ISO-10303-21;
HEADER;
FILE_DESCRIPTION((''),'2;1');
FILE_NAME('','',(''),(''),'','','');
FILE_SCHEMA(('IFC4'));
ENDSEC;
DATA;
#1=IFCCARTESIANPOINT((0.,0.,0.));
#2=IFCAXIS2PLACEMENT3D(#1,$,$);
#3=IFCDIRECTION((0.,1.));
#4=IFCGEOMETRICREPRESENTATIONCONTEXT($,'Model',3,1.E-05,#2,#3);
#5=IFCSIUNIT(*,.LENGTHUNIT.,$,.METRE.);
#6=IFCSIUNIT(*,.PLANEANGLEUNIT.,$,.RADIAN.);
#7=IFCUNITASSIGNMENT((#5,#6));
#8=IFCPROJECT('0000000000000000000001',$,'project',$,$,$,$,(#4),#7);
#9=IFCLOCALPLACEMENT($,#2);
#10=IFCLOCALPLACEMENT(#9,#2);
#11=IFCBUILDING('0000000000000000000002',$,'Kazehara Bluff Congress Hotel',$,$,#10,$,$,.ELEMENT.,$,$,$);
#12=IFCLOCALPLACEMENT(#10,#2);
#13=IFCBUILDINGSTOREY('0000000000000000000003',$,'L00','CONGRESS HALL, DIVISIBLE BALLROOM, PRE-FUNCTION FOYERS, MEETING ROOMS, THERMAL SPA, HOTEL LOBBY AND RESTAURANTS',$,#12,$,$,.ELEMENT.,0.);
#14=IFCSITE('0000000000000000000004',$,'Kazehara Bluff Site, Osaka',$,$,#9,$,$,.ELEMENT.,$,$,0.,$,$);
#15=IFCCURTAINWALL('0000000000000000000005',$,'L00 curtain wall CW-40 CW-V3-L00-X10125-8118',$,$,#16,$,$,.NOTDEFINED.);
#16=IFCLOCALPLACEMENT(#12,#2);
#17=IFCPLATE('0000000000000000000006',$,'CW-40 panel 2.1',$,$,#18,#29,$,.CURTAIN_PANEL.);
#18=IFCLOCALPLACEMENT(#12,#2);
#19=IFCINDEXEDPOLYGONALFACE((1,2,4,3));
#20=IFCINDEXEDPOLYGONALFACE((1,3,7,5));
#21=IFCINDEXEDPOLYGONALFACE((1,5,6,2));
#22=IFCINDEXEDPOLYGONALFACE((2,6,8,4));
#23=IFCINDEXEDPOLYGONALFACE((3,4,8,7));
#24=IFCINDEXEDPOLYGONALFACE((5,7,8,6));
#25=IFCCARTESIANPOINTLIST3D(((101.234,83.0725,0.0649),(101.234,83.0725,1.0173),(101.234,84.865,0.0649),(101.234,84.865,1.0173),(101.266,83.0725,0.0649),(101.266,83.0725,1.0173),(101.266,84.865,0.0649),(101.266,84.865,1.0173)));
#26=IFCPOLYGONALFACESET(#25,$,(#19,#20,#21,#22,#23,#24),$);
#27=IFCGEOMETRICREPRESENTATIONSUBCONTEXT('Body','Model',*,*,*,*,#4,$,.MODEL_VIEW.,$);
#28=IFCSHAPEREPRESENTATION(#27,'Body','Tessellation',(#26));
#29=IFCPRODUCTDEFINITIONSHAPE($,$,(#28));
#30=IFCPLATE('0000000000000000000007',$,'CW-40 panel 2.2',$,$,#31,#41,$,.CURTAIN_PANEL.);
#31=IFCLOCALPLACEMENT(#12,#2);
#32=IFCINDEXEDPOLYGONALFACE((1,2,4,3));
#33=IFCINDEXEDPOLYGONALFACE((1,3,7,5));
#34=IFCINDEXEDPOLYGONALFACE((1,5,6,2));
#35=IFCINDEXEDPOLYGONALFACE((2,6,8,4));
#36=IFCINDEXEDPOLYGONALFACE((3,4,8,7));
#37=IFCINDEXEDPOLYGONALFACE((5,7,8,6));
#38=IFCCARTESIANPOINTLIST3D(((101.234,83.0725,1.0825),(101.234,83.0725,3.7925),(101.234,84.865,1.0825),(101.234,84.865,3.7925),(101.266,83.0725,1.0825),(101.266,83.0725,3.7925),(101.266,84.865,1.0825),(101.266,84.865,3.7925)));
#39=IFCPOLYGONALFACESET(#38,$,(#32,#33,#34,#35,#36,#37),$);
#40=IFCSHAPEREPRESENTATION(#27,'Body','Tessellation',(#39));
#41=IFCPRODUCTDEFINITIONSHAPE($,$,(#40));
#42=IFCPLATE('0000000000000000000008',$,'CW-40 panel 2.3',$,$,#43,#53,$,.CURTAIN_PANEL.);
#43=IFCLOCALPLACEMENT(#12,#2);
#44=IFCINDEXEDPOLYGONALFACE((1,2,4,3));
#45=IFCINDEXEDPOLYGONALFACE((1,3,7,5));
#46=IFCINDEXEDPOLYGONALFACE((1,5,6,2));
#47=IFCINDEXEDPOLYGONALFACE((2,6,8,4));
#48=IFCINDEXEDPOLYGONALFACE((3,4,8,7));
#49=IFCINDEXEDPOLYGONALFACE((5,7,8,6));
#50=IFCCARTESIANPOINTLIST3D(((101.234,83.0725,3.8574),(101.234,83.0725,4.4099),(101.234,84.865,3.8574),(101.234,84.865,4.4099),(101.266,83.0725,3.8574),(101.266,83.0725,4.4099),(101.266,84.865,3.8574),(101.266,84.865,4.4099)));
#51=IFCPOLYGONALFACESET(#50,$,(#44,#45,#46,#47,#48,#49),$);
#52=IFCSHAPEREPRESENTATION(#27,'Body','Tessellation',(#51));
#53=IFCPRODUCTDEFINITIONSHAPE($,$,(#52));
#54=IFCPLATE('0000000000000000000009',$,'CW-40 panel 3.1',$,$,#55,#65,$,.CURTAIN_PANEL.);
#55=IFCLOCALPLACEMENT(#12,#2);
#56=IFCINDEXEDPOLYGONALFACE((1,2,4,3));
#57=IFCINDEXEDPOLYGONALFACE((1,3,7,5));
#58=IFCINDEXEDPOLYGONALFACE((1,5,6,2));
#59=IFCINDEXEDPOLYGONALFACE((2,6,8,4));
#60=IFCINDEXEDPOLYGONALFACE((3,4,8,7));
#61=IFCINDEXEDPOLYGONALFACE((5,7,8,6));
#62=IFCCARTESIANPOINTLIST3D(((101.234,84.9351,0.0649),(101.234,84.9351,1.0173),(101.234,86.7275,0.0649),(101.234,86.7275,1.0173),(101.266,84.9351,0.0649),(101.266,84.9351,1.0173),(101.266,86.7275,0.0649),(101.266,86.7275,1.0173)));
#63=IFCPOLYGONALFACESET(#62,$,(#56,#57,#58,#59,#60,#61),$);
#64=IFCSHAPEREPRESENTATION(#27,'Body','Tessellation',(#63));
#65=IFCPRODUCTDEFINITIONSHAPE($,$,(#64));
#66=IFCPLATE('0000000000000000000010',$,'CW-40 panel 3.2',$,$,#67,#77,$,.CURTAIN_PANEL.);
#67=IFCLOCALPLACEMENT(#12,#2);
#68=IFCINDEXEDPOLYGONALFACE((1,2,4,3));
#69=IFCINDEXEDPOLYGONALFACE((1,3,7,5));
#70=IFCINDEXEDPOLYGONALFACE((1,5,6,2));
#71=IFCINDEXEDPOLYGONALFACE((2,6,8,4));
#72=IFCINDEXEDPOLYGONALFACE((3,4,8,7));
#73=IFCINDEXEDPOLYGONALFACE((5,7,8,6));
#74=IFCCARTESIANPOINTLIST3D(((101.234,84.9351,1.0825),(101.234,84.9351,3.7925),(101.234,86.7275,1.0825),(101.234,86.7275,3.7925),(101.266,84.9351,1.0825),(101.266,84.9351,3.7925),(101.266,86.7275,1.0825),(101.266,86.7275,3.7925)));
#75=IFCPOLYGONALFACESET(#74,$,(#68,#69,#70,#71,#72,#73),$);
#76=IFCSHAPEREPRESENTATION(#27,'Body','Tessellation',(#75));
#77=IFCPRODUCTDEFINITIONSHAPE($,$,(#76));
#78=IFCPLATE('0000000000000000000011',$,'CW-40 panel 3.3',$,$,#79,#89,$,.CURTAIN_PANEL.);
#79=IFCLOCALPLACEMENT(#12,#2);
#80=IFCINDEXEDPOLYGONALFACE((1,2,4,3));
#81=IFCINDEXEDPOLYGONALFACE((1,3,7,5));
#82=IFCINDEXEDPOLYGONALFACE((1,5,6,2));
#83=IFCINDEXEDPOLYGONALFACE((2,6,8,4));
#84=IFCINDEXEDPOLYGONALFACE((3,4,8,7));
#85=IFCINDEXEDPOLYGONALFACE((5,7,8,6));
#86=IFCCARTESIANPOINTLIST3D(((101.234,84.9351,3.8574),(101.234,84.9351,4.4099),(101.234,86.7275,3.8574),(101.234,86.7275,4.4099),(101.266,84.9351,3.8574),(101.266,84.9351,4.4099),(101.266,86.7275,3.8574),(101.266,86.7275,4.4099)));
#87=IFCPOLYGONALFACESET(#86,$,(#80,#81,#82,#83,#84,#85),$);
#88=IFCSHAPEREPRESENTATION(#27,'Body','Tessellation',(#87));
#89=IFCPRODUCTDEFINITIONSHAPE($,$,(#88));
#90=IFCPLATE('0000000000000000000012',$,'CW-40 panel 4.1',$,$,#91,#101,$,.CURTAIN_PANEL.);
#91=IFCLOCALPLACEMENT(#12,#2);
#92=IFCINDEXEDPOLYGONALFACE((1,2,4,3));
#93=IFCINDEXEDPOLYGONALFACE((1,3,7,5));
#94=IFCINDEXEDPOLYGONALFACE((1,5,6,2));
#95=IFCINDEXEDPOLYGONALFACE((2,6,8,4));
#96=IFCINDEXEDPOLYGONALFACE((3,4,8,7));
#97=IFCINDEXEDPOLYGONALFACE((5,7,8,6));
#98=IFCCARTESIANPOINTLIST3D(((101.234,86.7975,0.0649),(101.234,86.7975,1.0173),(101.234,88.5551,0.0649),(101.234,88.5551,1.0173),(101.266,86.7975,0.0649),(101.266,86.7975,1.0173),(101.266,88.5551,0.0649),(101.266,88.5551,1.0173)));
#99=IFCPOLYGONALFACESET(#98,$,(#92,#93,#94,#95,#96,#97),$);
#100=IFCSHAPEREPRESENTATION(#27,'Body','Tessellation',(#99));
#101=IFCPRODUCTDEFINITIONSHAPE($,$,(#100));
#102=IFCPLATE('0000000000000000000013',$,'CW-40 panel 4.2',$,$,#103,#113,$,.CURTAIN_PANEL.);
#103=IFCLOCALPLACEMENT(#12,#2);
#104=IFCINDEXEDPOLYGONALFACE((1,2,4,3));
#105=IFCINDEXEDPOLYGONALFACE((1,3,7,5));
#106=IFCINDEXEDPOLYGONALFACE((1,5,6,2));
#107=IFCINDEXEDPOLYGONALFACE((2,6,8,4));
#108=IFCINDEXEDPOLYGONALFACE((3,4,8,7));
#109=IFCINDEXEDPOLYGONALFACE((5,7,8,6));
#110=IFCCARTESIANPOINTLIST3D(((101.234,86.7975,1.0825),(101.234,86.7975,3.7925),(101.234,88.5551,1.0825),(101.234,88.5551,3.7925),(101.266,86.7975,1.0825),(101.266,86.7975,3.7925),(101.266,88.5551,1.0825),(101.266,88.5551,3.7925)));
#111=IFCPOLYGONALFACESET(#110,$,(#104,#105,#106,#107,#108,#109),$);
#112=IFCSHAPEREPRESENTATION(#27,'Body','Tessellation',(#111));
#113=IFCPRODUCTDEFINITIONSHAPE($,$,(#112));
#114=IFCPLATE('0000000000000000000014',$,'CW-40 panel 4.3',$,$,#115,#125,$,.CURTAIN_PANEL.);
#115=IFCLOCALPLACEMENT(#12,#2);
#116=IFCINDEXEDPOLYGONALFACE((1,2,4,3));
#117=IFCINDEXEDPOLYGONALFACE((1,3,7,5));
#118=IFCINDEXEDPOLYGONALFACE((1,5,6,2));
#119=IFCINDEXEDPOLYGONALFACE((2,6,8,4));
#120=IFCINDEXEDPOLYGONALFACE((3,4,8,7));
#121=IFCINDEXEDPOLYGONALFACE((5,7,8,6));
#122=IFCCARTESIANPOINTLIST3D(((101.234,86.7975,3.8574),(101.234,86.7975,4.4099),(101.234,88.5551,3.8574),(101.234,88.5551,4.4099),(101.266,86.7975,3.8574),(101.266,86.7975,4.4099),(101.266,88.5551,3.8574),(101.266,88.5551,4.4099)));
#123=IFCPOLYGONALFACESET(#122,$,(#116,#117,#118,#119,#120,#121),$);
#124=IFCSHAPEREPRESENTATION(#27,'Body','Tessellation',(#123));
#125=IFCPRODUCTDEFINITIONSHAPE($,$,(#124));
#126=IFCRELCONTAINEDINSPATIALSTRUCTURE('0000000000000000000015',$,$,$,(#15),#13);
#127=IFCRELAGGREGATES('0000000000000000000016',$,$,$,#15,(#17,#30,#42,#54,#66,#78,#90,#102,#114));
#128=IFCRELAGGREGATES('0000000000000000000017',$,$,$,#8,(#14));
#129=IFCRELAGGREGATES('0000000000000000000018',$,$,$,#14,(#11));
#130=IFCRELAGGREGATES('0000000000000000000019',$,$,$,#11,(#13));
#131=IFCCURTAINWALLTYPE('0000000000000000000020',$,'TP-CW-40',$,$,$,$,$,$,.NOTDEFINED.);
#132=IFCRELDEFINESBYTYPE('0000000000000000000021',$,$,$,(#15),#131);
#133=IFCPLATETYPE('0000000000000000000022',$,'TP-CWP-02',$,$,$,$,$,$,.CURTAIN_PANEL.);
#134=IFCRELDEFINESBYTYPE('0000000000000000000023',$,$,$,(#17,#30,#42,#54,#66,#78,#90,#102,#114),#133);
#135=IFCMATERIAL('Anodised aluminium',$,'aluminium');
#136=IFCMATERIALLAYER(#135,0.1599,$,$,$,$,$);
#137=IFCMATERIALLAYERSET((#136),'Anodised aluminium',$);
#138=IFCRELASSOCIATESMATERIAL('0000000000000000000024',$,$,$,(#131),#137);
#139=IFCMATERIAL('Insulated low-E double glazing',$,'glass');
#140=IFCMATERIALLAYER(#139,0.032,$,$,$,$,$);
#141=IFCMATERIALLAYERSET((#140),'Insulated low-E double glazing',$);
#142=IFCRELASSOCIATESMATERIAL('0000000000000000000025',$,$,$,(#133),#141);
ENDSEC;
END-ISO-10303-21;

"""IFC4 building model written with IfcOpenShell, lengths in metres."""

from ifc_helpers import new_model, si_unit, direction, frame, origin, origin_2d, place, context, subcontext, project, spatial, rectangle, extrude, material, layer, layer_set, type_object, element, aggregate, save


model = new_model("IFC4")

# Units and contexts
model_context = context("Model", 3, precision=1e-05, world=origin(), true_north=direction((0.0, 1.0)))
body_context = subcontext(model_context, "Body", "Model", "MODEL_VIEW")
ifc_project = project(units=[si_unit("LENGTHUNIT", "METRE"), si_unit("PLANEANGLEUNIT", "RADIAN")], contexts=[model_context])

# Site, building, storey
site_placement = place(None, origin())
site = spatial("IfcSite", under=ifc_project, at=site_placement, Name="Kazehara Bluff Site, Osaka", CompositionType="ELEMENT", RefElevation=0.0)
building_placement = place(site_placement, origin())
building = spatial("IfcBuilding", under=site, at=building_placement, Name="Kazehara Bluff Congress Hotel", CompositionType="ELEMENT")
storey_placement = place(building_placement, origin())
storey = spatial("IfcBuildingStorey", under=building, at=storey_placement, Name="L00", Description="CONGRESS HALL, DIVISIBLE BALLROOM, PRE-FUNCTION FOYERS, MEETING ROOMS, THERMAL SPA, HOTEL LOBBY AND RESTAURANTS", CompositionType="ELEMENT", Elevation=0.0)

# Curtain wall
ifc_material_1 = material(Name="Anodised aluminium", Category="aluminium")
ifc_layer_1 = layer(ifc_material_1, 0.1599)
ifc_layer_set_1 = layer_set([ifc_layer_1], Name="Anodised aluminium")
curtain_wall_type = type_object("IfcCurtainWallType", Name="TP-CW-40", PredefinedType="NOTDEFINED", material=ifc_layer_set_1)
curtain_wall_1_placement = place(storey_placement, origin())
curtain_wall_1 = element("IfcCurtainWall", 1, at=curtain_wall_1_placement, inside=storey, type_object=curtain_wall_type, Name="L00 curtain wall CW-40 CW-V3-L00-X10125-8118", PredefinedType="NOTDEFINED")

# Plates
ifc_material_2 = material(Name="Insulated low-E double glazing", Category="glass")
ifc_layer_2 = layer(ifc_material_2, 0.032)
ifc_layer_set_2 = layer_set([ifc_layer_2], Name="Insulated low-E double glazing")
plate_type = type_object("IfcPlateType", Name="TP-CWP-02", PredefinedType="CURTAIN_PANEL", material=ifc_layer_set_2)
plate_1_placement = place(storey_placement, frame((101.25, 83.9688, 0.0649), z_axis=(0.0, 0.0, 1.0), x_axis=(0.0, 1.0, 0.0)))
plate_1 = element("IfcPlate", 2, at=plate_1_placement, type_object=plate_type, Name="CW-40 panel 2.1", PredefinedType="CURTAIN_PANEL", context=body_context, shape_type="SweptSolid", body=[
    extrude(rectangle(XDim=1.7925, YDim=0.032, at=origin_2d()), origin(), (0.0, 0.0, 1.0), 0.9524),
])
plate_2_placement = place(storey_placement, frame((101.25, 83.9688, 1.0825), z_axis=(0.0, 0.0, 1.0), x_axis=(0.0, 1.0, 0.0)))
plate_2 = element("IfcPlate", 3, at=plate_2_placement, type_object=plate_type, Name="CW-40 panel 2.2", PredefinedType="CURTAIN_PANEL", context=body_context, shape_type="SweptSolid", body=[
    extrude(rectangle(XDim=1.7925, YDim=0.032, at=origin_2d()), origin(), (0.0, 0.0, 1.0), 2.71),
])
plate_3_placement = place(storey_placement, frame((101.25, 83.9688, 3.8574), z_axis=(0.0, 0.0, 1.0), x_axis=(0.0, 1.0, 0.0)))
plate_3 = element("IfcPlate", 4, at=plate_3_placement, type_object=plate_type, Name="CW-40 panel 2.3", PredefinedType="CURTAIN_PANEL", context=body_context, shape_type="SweptSolid", body=[
    extrude(rectangle(XDim=1.7925, YDim=0.032, at=origin_2d()), origin(), (0.0, 0.0, 1.0), 0.5525),
])
plate_4_placement = place(storey_placement, frame((101.25, 85.8313, 0.0649), z_axis=(0.0, 0.0, 1.0), x_axis=(0.0, 1.0, 0.0)))
plate_4 = element("IfcPlate", 5, at=plate_4_placement, type_object=plate_type, Name="CW-40 panel 3.1", PredefinedType="CURTAIN_PANEL", context=body_context, shape_type="SweptSolid", body=[
    extrude(rectangle(XDim=1.7925, YDim=0.032, at=origin_2d()), origin(), (0.0, 0.0, 1.0), 0.9524),
])
plate_5_placement = place(storey_placement, frame((101.25, 85.8313, 1.0825), z_axis=(0.0, 0.0, 1.0), x_axis=(0.0, 1.0, 0.0)))
plate_5 = element("IfcPlate", 6, at=plate_5_placement, type_object=plate_type, Name="CW-40 panel 3.2", PredefinedType="CURTAIN_PANEL", context=body_context, shape_type="SweptSolid", body=[
    extrude(rectangle(XDim=1.7925, YDim=0.032, at=origin_2d()), origin(), (0.0, 0.0, 1.0), 2.71),
])
plate_6_placement = place(storey_placement, frame((101.25, 85.8313, 3.8574), z_axis=(0.0, 0.0, 1.0), x_axis=(0.0, 1.0, 0.0)))
plate_6 = element("IfcPlate", 7, at=plate_6_placement, type_object=plate_type, Name="CW-40 panel 3.3", PredefinedType="CURTAIN_PANEL", context=body_context, shape_type="SweptSolid", body=[
    extrude(rectangle(XDim=1.7925, YDim=0.032, at=origin_2d()), origin(), (0.0, 0.0, 1.0), 0.5525),
])
plate_7_placement = place(storey_placement, frame((101.25, 87.6763, 0.0649), z_axis=(0.0, 0.0, 1.0), x_axis=(0.0, 1.0, 0.0)))
plate_7 = element("IfcPlate", 8, at=plate_7_placement, type_object=plate_type, Name="CW-40 panel 4.1", PredefinedType="CURTAIN_PANEL", context=body_context, shape_type="SweptSolid", body=[
    extrude(rectangle(XDim=1.7576, YDim=0.032, at=origin_2d()), origin(), (0.0, 0.0, 1.0), 0.9524),
])
plate_8_placement = place(storey_placement, frame((101.25, 87.6763, 1.0825), z_axis=(0.0, 0.0, 1.0), x_axis=(0.0, 1.0, 0.0)))
plate_8 = element("IfcPlate", 9, at=plate_8_placement, type_object=plate_type, Name="CW-40 panel 4.2", PredefinedType="CURTAIN_PANEL", context=body_context, shape_type="SweptSolid", body=[
    extrude(rectangle(XDim=1.7576, YDim=0.032, at=origin_2d()), origin(), (0.0, 0.0, 1.0), 2.71),
])
plate_9_placement = place(storey_placement, frame((101.25, 87.6763, 3.8574), z_axis=(0.0, 0.0, 1.0), x_axis=(0.0, 1.0, 0.0)))
plate_9 = element("IfcPlate", 10, at=plate_9_placement, type_object=plate_type, Name="CW-40 panel 4.3", PredefinedType="CURTAIN_PANEL", context=body_context, shape_type="SweptSolid", body=[
    extrude(rectangle(XDim=1.7576, YDim=0.032, at=origin_2d()), origin(), (0.0, 0.0, 1.0), 0.5525),
])
aggregate(curtain_wall_1, [plate_1, plate_2, plate_3, plate_4, plate_5, plate_6, plate_7, plate_8, plate_9])

save(model, "model.ifc")
